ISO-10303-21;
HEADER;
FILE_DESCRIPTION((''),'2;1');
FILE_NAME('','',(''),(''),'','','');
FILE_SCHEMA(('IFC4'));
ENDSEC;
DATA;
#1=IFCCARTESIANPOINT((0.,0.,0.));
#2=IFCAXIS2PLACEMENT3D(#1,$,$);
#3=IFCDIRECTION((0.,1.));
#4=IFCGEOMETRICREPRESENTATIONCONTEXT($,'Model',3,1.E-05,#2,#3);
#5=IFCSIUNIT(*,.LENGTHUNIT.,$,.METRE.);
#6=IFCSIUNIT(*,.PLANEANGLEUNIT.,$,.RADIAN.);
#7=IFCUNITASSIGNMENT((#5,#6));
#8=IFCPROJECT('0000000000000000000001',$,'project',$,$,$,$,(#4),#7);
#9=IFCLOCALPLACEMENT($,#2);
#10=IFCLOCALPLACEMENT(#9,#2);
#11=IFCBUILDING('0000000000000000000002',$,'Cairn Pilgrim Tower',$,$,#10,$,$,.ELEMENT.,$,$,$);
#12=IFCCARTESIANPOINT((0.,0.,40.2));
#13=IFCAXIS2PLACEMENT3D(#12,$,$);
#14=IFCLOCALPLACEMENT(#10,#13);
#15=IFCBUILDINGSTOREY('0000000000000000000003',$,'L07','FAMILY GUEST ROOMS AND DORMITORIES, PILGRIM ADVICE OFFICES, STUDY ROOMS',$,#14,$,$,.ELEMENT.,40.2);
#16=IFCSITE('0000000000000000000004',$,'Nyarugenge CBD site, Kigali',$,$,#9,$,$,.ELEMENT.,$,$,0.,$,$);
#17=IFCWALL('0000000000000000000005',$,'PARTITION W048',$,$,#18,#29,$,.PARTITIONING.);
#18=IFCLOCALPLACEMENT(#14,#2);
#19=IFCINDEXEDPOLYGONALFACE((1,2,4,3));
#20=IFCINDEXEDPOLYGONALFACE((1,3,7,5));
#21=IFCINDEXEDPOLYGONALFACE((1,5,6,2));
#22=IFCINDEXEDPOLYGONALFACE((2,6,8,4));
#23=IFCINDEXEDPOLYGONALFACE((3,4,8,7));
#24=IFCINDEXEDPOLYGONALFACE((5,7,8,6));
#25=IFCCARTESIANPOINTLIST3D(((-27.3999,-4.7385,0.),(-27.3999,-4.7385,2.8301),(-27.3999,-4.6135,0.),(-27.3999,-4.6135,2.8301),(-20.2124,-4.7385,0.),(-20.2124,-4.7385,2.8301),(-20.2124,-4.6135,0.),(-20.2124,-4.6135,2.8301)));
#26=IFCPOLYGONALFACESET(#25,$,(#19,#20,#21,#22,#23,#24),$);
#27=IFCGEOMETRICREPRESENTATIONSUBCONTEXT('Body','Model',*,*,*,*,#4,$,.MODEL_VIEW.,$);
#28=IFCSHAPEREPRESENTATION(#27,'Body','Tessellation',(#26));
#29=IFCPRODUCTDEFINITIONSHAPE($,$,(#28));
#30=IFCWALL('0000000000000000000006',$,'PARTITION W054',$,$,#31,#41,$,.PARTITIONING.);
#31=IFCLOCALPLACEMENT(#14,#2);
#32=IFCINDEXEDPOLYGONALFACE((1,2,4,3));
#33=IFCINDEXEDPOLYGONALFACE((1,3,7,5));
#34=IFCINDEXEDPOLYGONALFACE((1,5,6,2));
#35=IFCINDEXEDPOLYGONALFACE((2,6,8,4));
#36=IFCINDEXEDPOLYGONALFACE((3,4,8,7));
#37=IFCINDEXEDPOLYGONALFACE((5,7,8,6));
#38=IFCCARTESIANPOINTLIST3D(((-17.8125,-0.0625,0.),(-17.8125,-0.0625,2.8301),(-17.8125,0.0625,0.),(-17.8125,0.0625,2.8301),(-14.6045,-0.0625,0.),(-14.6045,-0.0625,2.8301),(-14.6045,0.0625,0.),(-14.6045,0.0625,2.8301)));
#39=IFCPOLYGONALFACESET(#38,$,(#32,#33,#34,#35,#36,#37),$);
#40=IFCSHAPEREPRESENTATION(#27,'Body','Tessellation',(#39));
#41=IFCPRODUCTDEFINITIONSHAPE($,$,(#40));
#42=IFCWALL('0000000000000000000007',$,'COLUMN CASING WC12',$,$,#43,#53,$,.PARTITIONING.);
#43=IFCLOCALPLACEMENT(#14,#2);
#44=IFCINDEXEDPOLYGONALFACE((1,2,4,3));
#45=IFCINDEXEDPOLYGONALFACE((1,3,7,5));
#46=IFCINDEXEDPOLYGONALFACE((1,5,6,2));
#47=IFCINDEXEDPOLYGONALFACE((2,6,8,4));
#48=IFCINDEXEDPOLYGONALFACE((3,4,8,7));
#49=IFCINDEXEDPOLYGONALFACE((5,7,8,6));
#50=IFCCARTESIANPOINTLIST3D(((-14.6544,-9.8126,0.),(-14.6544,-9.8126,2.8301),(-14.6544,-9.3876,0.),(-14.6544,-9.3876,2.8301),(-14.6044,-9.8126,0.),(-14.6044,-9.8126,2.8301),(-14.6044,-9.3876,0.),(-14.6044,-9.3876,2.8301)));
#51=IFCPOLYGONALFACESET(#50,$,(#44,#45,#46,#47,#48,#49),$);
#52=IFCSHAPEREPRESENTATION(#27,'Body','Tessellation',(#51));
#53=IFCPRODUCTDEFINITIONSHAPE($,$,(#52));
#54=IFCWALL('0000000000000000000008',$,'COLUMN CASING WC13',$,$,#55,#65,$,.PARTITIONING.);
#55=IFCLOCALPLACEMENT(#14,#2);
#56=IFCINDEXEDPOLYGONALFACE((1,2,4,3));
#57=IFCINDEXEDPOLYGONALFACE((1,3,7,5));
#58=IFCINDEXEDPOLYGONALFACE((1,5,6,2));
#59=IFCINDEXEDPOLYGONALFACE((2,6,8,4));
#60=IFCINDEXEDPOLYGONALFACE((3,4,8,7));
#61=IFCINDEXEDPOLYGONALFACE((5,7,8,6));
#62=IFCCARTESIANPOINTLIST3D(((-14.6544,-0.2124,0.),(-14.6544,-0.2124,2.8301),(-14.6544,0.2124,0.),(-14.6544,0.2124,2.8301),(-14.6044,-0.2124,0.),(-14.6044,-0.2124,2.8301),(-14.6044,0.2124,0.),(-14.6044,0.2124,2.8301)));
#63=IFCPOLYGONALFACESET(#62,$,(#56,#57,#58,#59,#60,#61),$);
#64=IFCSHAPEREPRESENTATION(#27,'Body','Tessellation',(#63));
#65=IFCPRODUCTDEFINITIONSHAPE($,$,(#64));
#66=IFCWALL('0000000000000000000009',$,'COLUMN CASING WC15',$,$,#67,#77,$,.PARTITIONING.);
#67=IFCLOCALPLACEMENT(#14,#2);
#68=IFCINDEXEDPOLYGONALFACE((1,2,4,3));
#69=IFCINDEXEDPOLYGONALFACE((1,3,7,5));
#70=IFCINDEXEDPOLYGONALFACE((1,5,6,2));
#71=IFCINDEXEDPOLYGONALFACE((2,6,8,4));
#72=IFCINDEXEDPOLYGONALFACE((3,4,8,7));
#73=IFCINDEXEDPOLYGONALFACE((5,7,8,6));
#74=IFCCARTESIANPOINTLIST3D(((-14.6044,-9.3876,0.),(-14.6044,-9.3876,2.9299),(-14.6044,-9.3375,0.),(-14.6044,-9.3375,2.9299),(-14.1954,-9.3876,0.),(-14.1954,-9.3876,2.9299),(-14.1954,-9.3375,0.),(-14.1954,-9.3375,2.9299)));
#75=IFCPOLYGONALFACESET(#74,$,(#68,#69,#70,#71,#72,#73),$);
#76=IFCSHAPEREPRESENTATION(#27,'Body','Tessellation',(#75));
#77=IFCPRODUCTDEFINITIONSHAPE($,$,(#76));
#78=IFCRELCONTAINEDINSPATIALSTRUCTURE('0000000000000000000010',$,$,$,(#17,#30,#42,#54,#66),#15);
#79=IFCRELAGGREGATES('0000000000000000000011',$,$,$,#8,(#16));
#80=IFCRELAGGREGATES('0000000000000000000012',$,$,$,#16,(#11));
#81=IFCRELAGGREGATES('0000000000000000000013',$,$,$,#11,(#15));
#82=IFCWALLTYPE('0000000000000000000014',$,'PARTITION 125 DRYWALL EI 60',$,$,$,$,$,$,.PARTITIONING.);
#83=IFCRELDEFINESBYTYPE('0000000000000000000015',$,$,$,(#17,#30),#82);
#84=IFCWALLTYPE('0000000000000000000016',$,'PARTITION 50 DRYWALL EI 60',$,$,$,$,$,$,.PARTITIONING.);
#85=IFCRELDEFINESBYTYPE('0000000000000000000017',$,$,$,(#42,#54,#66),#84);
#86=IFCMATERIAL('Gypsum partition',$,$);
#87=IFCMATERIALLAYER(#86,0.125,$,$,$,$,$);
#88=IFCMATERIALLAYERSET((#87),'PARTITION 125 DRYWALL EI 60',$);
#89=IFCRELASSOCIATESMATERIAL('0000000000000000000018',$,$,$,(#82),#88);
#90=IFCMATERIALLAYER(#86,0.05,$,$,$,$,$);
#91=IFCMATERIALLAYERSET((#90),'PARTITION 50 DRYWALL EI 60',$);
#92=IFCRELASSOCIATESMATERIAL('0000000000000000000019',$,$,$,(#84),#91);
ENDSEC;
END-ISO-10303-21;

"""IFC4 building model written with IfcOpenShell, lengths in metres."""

from ifc_helpers import new_model, si_unit, direction, frame, frame_2d, origin, place, context, subcontext, project, spatial, rectangle, extrude, material, layer, layer_set, type_object, element, save


model = new_model("IFC4")

# Units and contexts
model_context = context("Model", 3, precision=1e-05, world=origin(), true_north=direction((0.0, 1.0)))
body_context = subcontext(model_context, "Body", "Model", "MODEL_VIEW")
ifc_project = project(units=[si_unit("LENGTHUNIT", "METRE"), si_unit("PLANEANGLEUNIT", "RADIAN")], contexts=[model_context])

# Site, building, storey
site_placement = place(None, origin())
site = spatial("IfcSite", under=ifc_project, at=site_placement, Name="Nyarugenge CBD site, Kigali", CompositionType="ELEMENT", RefElevation=0.0)
building_placement = place(site_placement, origin())
building = spatial("IfcBuilding", under=site, at=building_placement, Name="Cairn Pilgrim Tower", CompositionType="ELEMENT")
storey_placement = place(building_placement, frame((0.0, 0.0, 40.2)))
storey = spatial("IfcBuildingStorey", under=building, at=storey_placement, Name="L07", Description="FAMILY GUEST ROOMS AND DORMITORIES, PILGRIM ADVICE OFFICES, STUDY ROOMS", CompositionType="ELEMENT", Elevation=40.2)

# Shared definitions
ifc_material_1 = material(Name="Gypsum partition")
ifc_layer_1 = layer(ifc_material_1, 0.125)
ifc_layer_set_1 = layer_set([ifc_layer_1], Name="PARTITION 125 DRYWALL EI 60")
wall_type_1 = type_object("IfcWallType", Name="PARTITION 125 DRYWALL EI 60", PredefinedType="PARTITIONING", material=ifc_layer_set_1)

# Walls
wall_1_placement = place(storey_placement, frame((-27.3999, -4.676, 0.0), z_axis=(0.0, 0.0, 1.0), x_axis=(1.0, 0.0, 0.0)))
element("IfcWall", 1, at=wall_1_placement, inside=storey, type_object=wall_type_1, Name="PARTITION W048", PredefinedType="PARTITIONING", context=body_context, shape_type="SweptSolid", body=[
    extrude(rectangle(XDim=7.1875, YDim=0.125, at=frame_2d((3.5938, 0.0))), origin(), (0.0, 0.0, 1.0), 2.8301),
])
wall_2_placement = place(storey_placement, frame((-17.8125, 0.0, 0.0), z_axis=(0.0, 0.0, 1.0), x_axis=(1.0, 0.0, 0.0)))
element("IfcWall", 2, at=wall_2_placement, inside=storey, type_object=wall_type_1, Name="PARTITION W054", PredefinedType="PARTITIONING", context=body_context, shape_type="SweptSolid", body=[
    extrude(rectangle(XDim=3.208, YDim=0.125, at=frame_2d((1.604, 0.0))), origin(), (0.0, 0.0, 1.0), 2.8301),
])
ifc_layer_2 = layer(ifc_material_1, 0.05)
ifc_layer_set_2 = layer_set([ifc_layer_2], Name="PARTITION 50 DRYWALL EI 60")
wall_type_2 = type_object("IfcWallType", Name="PARTITION 50 DRYWALL EI 60", PredefinedType="PARTITIONING", material=ifc_layer_set_2)
wall_3_placement = place(storey_placement, frame((-14.6294, -9.8125, 0.0), z_axis=(0.0, 0.0, 1.0), x_axis=(0.0, 1.0, 0.0)))
element("IfcWall", 3, at=wall_3_placement, inside=storey, type_object=wall_type_2, Name="COLUMN CASING WC12", PredefinedType="PARTITIONING", context=body_context, shape_type="SweptSolid", body=[
    extrude(rectangle(XDim=0.425, YDim=0.05, at=frame_2d((0.2124, 0.0))), origin(), (0.0, 0.0, 1.0), 2.8301),
])
wall_4_placement = place(storey_placement, frame((-14.6294, -0.2124, 0.0), z_axis=(0.0, 0.0, 1.0), x_axis=(0.0, 1.0, 0.0)))
element("IfcWall", 4, at=wall_4_placement, inside=storey, type_object=wall_type_2, Name="COLUMN CASING WC13", PredefinedType="PARTITIONING", context=body_context, shape_type="SweptSolid", body=[
    extrude(rectangle(XDim=0.4248, YDim=0.05, at=frame_2d((0.2124, 0.0))), origin(), (0.0, 0.0, 1.0), 2.8301),
])
wall_5_placement = place(storey_placement, frame((-14.6045, -9.3625, 0.0), z_axis=(0.0, 0.0, 1.0), x_axis=(1.0, 0.0, 0.0)))
element("IfcWall", 5, at=wall_5_placement, inside=storey, type_object=wall_type_2, Name="COLUMN CASING WC15", PredefinedType="PARTITIONING", context=body_context, shape_type="SweptSolid", body=[
    extrude(rectangle(XDim=0.4089, YDim=0.05, at=frame_2d((0.2046, 0.0))), origin(), (0.0, 0.0, 1.0), 2.9299),
])

save(model, "model.ifc")
